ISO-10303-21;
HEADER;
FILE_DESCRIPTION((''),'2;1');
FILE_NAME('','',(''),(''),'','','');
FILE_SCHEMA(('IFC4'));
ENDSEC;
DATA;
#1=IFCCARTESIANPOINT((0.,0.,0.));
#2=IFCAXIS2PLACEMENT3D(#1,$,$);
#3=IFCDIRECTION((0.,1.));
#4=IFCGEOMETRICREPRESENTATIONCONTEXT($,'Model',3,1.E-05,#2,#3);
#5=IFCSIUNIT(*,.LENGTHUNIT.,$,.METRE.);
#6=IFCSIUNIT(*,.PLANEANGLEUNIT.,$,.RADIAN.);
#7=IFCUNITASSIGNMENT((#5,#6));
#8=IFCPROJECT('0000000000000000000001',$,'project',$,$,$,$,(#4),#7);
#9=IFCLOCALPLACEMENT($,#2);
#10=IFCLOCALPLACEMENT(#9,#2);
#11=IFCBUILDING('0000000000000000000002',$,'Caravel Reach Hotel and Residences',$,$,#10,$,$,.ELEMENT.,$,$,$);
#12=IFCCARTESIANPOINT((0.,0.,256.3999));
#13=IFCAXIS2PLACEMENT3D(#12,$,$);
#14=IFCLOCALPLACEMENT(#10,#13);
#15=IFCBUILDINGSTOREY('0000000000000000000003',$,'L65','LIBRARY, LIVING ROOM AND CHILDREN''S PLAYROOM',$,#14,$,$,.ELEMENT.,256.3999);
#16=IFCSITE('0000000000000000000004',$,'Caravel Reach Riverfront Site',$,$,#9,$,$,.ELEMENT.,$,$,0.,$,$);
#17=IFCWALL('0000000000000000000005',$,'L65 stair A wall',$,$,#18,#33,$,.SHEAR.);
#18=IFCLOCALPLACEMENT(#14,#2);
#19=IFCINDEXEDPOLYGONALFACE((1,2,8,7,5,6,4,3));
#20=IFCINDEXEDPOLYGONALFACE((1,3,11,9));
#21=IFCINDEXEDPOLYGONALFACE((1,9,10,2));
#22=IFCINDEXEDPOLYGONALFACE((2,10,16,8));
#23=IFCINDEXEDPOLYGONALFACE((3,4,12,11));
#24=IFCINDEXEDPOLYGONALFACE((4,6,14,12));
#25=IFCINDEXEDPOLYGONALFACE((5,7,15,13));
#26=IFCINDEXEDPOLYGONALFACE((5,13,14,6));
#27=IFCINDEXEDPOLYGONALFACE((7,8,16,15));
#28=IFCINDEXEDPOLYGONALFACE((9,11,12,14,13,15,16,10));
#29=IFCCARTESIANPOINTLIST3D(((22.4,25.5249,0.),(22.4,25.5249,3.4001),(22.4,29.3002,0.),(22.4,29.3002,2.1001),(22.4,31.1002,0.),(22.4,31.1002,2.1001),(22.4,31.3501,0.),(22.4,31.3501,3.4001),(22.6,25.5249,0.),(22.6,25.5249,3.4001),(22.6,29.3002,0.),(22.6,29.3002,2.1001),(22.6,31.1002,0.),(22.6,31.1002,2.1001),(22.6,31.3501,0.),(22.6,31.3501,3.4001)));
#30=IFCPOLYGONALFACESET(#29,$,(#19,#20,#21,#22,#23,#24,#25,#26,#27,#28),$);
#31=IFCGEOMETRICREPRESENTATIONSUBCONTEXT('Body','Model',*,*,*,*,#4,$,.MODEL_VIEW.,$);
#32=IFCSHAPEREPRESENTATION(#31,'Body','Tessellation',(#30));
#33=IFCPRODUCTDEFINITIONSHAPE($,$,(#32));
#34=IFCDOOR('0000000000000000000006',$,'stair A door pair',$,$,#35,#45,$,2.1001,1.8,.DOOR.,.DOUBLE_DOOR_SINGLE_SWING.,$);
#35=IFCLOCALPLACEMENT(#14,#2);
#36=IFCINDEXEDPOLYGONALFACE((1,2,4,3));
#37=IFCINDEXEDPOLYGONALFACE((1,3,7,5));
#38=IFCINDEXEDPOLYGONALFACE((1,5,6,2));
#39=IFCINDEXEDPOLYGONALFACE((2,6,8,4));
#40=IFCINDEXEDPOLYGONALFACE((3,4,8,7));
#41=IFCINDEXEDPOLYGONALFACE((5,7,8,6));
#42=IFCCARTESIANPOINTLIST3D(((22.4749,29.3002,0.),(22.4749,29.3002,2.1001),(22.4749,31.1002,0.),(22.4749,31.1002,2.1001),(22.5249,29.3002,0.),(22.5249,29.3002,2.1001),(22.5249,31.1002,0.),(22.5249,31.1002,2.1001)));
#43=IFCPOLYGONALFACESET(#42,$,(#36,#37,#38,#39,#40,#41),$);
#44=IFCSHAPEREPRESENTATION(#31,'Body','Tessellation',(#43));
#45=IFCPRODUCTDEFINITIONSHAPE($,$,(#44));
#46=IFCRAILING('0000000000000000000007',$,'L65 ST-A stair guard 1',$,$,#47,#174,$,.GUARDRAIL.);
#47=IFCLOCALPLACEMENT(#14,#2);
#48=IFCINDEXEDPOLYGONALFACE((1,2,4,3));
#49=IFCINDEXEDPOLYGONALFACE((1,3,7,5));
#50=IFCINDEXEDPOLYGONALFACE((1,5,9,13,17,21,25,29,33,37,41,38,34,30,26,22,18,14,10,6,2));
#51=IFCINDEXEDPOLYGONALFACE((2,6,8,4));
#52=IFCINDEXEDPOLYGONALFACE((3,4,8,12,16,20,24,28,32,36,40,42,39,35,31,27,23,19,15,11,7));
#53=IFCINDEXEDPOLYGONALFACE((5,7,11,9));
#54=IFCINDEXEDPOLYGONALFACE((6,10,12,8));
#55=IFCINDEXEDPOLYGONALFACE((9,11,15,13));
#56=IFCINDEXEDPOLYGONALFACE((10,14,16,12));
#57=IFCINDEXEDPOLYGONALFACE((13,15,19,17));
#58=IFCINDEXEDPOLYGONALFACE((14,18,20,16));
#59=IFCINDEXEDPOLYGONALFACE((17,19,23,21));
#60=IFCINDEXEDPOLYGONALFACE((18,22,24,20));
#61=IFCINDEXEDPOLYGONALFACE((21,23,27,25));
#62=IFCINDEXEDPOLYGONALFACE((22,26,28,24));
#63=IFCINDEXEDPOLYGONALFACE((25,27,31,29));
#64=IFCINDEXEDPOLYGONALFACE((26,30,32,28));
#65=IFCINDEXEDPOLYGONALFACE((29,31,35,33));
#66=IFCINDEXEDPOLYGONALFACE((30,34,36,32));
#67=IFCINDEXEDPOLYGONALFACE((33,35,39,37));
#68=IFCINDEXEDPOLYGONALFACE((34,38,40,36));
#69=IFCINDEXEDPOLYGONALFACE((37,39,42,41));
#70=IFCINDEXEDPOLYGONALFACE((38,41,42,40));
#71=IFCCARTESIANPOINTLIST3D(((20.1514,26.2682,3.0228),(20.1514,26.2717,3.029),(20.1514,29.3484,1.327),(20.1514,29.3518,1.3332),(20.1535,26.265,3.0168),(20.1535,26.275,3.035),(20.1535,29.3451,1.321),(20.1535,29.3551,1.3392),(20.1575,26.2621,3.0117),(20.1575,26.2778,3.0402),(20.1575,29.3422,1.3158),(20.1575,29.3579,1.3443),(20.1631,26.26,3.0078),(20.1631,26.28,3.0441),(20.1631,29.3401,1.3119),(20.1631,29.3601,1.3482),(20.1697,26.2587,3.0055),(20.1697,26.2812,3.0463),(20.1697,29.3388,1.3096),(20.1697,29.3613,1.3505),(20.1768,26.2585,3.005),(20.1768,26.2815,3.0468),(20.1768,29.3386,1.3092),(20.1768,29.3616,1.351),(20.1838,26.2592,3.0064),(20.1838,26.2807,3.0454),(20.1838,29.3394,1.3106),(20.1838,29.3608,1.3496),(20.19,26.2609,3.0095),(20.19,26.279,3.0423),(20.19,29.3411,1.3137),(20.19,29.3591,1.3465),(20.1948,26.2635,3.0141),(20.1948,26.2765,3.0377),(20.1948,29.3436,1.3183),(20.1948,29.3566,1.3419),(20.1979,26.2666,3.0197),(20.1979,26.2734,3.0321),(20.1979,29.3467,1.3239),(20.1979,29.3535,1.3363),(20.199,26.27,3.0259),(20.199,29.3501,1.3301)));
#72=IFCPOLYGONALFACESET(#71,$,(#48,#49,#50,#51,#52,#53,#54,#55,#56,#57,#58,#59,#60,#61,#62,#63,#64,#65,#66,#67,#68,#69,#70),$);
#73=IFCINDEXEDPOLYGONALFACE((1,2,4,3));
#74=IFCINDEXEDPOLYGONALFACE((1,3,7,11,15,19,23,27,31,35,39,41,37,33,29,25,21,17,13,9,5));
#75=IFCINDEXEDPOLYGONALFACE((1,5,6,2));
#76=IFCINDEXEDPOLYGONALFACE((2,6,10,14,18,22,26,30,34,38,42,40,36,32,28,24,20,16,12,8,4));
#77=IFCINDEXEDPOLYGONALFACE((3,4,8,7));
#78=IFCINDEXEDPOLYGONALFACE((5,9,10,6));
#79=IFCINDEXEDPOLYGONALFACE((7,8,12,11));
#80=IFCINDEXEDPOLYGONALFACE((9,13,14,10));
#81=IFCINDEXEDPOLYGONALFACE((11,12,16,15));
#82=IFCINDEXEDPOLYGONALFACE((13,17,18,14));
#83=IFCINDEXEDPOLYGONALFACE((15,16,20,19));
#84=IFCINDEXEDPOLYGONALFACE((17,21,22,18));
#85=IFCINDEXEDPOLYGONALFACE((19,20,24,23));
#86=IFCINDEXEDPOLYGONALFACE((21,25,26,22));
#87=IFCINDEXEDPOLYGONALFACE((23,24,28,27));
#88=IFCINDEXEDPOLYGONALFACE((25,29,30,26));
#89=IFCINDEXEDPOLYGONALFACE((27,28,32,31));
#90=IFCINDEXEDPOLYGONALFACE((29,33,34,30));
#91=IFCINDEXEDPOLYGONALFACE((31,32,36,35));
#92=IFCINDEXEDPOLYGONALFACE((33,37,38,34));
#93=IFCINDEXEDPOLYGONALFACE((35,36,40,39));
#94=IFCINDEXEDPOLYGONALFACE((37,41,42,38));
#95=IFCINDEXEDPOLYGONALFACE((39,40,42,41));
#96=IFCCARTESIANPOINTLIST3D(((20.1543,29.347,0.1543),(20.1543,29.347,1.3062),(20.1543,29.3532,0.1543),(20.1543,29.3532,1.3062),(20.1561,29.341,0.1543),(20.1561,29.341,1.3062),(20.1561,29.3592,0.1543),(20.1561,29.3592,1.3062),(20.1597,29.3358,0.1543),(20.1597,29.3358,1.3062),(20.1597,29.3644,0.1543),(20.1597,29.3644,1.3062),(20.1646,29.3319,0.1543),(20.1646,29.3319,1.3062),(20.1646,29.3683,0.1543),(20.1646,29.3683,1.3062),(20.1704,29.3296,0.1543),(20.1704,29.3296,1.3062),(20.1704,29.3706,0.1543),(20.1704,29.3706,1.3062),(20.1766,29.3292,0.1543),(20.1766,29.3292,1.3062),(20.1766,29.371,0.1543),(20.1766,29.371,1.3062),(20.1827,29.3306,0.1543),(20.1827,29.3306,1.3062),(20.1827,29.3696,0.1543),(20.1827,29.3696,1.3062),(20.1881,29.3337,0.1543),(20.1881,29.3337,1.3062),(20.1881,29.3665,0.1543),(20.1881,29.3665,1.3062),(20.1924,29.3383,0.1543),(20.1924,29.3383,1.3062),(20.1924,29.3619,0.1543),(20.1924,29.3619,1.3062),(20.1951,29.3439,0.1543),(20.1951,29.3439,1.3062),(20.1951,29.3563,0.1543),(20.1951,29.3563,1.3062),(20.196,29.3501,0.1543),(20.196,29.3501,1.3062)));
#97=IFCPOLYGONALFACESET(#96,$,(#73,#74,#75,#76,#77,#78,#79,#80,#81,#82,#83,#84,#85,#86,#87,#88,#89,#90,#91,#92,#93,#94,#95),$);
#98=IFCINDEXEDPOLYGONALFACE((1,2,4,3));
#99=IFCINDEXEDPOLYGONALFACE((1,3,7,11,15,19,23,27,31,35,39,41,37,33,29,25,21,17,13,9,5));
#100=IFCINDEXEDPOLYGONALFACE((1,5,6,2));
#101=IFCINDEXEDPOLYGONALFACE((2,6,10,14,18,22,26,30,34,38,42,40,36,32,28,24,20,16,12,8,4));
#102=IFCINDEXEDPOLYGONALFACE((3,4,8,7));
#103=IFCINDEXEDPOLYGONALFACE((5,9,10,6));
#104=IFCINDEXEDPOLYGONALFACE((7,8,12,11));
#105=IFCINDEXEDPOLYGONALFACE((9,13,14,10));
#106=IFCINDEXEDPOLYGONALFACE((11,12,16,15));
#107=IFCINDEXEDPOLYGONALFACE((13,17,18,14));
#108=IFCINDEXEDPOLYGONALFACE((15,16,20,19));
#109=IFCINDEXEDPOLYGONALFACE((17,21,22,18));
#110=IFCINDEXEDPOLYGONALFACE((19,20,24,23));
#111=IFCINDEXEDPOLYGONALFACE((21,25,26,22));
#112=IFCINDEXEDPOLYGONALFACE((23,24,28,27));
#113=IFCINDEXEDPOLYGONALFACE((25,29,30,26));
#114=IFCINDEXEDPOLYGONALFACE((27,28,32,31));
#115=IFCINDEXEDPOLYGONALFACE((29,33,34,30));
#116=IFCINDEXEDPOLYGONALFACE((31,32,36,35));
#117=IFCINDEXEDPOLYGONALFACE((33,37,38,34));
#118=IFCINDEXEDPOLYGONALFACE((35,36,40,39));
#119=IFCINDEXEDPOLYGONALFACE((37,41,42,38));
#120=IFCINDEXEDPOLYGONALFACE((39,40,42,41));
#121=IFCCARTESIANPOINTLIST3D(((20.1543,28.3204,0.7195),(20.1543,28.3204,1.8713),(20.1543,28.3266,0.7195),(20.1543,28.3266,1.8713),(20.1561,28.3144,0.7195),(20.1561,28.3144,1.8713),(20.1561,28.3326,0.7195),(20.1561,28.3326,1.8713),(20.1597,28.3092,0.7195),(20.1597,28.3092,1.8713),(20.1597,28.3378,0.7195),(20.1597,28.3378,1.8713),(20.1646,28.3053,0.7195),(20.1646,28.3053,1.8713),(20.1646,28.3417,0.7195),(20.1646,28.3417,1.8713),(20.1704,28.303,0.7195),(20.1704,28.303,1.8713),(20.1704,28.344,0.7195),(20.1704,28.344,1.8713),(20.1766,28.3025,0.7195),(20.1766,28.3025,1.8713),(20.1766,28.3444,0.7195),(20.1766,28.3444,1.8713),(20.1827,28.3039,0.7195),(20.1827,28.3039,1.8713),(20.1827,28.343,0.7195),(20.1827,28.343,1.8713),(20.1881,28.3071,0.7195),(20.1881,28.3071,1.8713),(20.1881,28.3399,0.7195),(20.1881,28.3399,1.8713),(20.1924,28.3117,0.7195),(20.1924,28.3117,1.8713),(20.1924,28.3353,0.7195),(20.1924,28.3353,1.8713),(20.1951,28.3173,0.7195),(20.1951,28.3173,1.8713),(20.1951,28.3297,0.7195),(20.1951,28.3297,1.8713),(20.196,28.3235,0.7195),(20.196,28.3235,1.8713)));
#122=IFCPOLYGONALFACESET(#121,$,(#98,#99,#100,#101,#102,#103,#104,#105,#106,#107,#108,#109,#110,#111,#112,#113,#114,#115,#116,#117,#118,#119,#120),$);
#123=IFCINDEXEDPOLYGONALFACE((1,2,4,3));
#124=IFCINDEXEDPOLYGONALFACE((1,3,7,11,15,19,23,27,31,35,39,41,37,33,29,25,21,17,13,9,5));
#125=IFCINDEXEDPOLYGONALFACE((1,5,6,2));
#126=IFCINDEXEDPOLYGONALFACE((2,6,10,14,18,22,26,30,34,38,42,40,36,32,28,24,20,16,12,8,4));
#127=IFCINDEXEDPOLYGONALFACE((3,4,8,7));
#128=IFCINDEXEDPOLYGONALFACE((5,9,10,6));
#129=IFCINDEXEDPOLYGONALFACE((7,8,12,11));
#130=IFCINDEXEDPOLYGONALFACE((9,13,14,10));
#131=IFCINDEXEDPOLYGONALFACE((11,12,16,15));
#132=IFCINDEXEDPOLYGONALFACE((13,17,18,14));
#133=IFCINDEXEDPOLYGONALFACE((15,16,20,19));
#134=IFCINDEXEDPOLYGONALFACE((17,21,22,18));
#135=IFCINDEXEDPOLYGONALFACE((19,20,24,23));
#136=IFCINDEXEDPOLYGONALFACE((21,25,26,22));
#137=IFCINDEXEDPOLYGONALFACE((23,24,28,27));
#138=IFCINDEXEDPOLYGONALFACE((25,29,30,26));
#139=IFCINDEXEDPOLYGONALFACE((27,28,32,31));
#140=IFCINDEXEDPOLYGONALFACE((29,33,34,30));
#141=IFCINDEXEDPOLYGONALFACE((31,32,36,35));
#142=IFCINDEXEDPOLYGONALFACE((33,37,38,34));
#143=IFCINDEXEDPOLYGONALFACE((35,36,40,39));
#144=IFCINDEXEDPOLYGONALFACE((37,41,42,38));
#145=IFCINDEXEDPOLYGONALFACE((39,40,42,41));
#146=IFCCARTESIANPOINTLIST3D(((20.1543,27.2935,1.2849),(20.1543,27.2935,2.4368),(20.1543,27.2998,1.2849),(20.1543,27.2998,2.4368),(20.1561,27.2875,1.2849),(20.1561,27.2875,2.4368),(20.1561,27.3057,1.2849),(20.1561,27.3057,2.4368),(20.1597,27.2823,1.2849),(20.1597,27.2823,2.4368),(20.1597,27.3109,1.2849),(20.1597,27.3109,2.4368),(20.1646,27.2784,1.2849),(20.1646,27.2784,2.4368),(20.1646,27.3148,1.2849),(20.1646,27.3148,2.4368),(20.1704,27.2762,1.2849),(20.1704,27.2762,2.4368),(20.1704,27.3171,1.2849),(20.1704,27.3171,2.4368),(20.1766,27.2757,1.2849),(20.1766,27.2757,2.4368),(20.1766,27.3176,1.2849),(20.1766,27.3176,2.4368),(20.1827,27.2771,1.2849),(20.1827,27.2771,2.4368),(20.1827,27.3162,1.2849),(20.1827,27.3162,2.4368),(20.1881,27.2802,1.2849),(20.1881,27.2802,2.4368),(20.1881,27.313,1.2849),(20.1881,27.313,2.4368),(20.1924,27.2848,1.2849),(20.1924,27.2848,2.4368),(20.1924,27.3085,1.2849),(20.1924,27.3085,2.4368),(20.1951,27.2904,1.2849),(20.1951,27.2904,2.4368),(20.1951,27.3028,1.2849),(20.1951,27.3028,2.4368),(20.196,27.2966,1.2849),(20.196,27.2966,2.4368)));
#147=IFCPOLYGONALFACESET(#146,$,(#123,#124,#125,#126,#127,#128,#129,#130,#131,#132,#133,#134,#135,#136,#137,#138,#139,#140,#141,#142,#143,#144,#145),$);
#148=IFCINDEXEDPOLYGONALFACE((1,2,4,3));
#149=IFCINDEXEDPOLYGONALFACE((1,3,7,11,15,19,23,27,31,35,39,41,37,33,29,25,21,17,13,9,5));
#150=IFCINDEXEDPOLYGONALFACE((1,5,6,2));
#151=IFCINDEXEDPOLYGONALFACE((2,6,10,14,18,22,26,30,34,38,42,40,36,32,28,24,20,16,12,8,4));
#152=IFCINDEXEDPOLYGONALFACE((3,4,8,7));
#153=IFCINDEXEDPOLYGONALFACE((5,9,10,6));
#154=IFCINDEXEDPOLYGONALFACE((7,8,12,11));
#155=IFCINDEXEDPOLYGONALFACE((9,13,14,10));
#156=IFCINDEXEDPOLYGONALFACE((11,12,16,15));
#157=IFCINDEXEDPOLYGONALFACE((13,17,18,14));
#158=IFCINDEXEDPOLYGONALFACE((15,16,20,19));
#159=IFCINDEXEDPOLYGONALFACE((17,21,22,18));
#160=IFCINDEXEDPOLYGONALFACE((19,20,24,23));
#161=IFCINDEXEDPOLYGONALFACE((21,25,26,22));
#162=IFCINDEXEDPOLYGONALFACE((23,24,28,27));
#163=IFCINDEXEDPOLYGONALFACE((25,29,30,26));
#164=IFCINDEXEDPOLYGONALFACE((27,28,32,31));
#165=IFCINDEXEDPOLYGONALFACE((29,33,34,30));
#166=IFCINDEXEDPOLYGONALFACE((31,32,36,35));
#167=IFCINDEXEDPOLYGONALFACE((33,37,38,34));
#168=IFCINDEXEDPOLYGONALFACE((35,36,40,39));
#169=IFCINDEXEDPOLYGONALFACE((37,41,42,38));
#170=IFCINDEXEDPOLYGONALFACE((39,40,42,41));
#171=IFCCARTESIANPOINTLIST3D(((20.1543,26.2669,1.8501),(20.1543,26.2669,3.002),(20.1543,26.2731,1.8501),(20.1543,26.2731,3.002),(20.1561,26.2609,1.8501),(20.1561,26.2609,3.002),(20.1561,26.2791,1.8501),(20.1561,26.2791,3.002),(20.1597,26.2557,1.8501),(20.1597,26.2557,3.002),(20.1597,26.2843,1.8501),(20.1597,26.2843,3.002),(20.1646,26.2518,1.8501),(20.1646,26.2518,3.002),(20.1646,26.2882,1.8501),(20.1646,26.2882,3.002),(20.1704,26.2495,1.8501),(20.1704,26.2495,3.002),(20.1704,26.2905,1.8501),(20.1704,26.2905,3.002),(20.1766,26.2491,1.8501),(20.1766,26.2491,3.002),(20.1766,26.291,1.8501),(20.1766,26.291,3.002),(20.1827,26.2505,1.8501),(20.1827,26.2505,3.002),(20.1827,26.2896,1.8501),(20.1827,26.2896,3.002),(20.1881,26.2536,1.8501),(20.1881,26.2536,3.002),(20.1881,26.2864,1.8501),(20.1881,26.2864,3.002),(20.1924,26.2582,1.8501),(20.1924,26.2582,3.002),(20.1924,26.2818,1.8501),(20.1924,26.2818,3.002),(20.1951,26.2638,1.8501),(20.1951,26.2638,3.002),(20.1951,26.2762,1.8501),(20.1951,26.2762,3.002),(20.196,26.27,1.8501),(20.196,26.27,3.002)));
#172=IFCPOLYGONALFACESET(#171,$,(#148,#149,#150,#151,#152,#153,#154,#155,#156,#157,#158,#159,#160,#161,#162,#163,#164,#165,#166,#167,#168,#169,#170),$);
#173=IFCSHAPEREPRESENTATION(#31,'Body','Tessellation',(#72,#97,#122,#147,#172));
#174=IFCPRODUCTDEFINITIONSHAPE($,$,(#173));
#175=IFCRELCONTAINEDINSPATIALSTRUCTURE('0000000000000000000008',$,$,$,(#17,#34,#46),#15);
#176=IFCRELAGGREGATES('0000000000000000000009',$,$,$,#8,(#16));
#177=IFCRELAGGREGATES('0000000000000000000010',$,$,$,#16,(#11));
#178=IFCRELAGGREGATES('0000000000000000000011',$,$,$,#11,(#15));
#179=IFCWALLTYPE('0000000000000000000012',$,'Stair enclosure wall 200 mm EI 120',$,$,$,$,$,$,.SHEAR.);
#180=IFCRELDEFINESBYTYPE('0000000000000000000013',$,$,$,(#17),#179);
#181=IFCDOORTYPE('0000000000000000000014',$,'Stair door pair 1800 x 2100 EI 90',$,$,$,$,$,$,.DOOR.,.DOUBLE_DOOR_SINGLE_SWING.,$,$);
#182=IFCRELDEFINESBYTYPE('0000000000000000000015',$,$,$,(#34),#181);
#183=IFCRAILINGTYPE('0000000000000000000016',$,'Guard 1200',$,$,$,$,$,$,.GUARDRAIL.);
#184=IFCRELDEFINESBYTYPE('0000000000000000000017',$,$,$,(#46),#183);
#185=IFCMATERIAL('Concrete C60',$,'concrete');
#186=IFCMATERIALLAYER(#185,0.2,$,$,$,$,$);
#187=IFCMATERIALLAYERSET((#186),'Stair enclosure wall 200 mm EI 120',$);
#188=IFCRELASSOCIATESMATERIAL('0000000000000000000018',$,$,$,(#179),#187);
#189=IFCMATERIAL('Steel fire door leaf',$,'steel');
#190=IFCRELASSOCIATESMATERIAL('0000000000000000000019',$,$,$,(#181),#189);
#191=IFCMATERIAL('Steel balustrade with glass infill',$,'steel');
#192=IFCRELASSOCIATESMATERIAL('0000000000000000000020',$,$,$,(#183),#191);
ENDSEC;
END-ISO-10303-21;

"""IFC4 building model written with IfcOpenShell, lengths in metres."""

from ifc_helpers import new_model, si_unit, direction, frame, frame_2d, origin, origin_2d, place, context, subcontext, project, spatial, rectangle, circle, extrude, material, layer, layer_set, type_object, element, fill, save


model = new_model("IFC4")

# Units and contexts
model_context = context("Model", 3, precision=1e-05, world=origin(), true_north=direction((0.0, 1.0)))
body_context = subcontext(model_context, "Body", "Model", "MODEL_VIEW")
ifc_project = project(units=[si_unit("LENGTHUNIT", "METRE"), si_unit("PLANEANGLEUNIT", "RADIAN")], contexts=[model_context])

# Site, building, storey
site_placement = place(None, origin())
site = spatial("IfcSite", under=ifc_project, at=site_placement, Name="Caravel Reach Riverfront Site", CompositionType="ELEMENT", RefElevation=0.0)
building_placement = place(site_placement, origin())
building = spatial("IfcBuilding", under=site, at=building_placement, Name="Caravel Reach Hotel and Residences", CompositionType="ELEMENT")
storey_placement = place(building_placement, frame((0.0, 0.0, 256.3999)))
storey = spatial("IfcBuildingStorey", under=building, at=storey_placement, Name="L65", Description="LIBRARY, LIVING ROOM AND CHILDREN'S PLAYROOM", CompositionType="ELEMENT", Elevation=256.3999)

# Wall, opening, door
ifc_material_1 = material(Name="Concrete C60", Category="concrete")
ifc_layer_1 = layer(ifc_material_1, 0.2)
ifc_layer_set_1 = layer_set([ifc_layer_1], Name="Stair enclosure wall 200 mm EI 120")
wall_type_1 = type_object("IfcWallType", Name="Stair enclosure wall 200 mm EI 120", PredefinedType="SHEAR", material=ifc_layer_set_1)
wall_1_placement = place(storey_placement, frame((22.5, 31.3501, 0.0), z_axis=(0.0, 0.0, 1.0), x_axis=(0.0, -1.0, 0.0)))
wall_1 = element("IfcWall", 1, at=wall_1_placement, inside=storey, type_object=wall_type_1, Name="L65 stair A wall", PredefinedType="SHEAR", context=body_context, shape_type="SweptSolid", body=[
    extrude(rectangle(XDim=5.8252, YDim=0.2, at=frame_2d((2.9126, 0.0))), origin(), (0.0, 0.0, 1.0), 3.4001),
])
opening_1_placement = place(wall_1_placement, frame((0.25, 0.0, 0.0)))
opening_1 = element("IfcOpeningElement", 2, at=opening_1_placement, cuts=wall_1, PredefinedType="OPENING", context=body_context, shape_type="SweptSolid", body=[
    extrude(rectangle(XDim=1.8, YDim=2.1001, at=frame_2d((0.8999, 1.05))), frame((0.0, 0.1099, 0.0), z_axis=(0.0, -1.0, 0.0), x_axis=(1.0, 0.0, 0.0)), (0.0, 0.0, 1.0), 0.22),
])
ifc_material_2 = material(Name="Steel fire door leaf", Category="steel")
door_type_1 = type_object("IfcDoorType", Name="Stair door pair 1800 x 2100 EI 90", OperationType="DOUBLE_DOOR_SINGLE_SWING", PredefinedType="DOOR", material=ifc_material_2)
door_1_placement = place(opening_1_placement, origin())
door_1 = element("IfcDoor", 3, at=door_1_placement, inside=storey, type_object=door_type_1, Name="stair A door pair", OperationType="DOUBLE_DOOR_SINGLE_SWING", OverallHeight=2.1001, OverallWidth=1.8, PredefinedType="DOOR", context=body_context, shape_type="SweptSolid", body=[
    extrude(rectangle(XDim=1.8, YDim=2.1001, at=frame_2d((0.8999, 1.05))), frame((0.0, 0.0249, 0.0), z_axis=(0.0, -1.0, 0.0), x_axis=(1.0, 0.0, 0.0)), (0.0, 0.0, 1.0), 0.05),
])
fill(opening_1, door_1)

# Railing
ifc_material_3 = material(Name="Steel balustrade with glass infill", Category="steel")
railing_type_1 = type_object("IfcRailingType", Name="Guard 1200", PredefinedType="GUARDRAIL", material=ifc_material_3)
railing_1_placement = place(storey_placement, frame((20.175, 29.3501, 0.1543)))
element("IfcRailing", 4, at=railing_1_placement, inside=storey, type_object=railing_type_1, Name="L65 ST-A stair guard 1", PredefinedType="GUARDRAIL", context=body_context, shape_type="SweptSolid", body=[
    extrude(circle(Radius=0.0239, at=origin_2d()), frame((0.0, 0.0, 1.1758), z_axis=(0.0, -0.876005, 0.482303), x_axis=(1.0, 0.0, 0.0)), (0.0, 0.0, 1.0), 3.5161),
    extrude(circle(Radius=0.021, at=origin_2d()), origin(), (0.0, 0.0, 1.0), 1.1519),
    extrude(circle(Radius=0.021, at=origin_2d()), frame((0.0, -1.0266, 0.5652)), (0.0, 0.0, 1.0), 1.1519),
    extrude(circle(Radius=0.021, at=origin_2d()), frame((0.0, -2.0535, 1.1306)), (0.0, 0.0, 1.0), 1.1519),
    extrude(circle(Radius=0.021, at=origin_2d()), frame((0.0, -3.0801, 1.6958)), (0.0, 0.0, 1.0), 1.1519),
])

save(model, "model.ifc")
